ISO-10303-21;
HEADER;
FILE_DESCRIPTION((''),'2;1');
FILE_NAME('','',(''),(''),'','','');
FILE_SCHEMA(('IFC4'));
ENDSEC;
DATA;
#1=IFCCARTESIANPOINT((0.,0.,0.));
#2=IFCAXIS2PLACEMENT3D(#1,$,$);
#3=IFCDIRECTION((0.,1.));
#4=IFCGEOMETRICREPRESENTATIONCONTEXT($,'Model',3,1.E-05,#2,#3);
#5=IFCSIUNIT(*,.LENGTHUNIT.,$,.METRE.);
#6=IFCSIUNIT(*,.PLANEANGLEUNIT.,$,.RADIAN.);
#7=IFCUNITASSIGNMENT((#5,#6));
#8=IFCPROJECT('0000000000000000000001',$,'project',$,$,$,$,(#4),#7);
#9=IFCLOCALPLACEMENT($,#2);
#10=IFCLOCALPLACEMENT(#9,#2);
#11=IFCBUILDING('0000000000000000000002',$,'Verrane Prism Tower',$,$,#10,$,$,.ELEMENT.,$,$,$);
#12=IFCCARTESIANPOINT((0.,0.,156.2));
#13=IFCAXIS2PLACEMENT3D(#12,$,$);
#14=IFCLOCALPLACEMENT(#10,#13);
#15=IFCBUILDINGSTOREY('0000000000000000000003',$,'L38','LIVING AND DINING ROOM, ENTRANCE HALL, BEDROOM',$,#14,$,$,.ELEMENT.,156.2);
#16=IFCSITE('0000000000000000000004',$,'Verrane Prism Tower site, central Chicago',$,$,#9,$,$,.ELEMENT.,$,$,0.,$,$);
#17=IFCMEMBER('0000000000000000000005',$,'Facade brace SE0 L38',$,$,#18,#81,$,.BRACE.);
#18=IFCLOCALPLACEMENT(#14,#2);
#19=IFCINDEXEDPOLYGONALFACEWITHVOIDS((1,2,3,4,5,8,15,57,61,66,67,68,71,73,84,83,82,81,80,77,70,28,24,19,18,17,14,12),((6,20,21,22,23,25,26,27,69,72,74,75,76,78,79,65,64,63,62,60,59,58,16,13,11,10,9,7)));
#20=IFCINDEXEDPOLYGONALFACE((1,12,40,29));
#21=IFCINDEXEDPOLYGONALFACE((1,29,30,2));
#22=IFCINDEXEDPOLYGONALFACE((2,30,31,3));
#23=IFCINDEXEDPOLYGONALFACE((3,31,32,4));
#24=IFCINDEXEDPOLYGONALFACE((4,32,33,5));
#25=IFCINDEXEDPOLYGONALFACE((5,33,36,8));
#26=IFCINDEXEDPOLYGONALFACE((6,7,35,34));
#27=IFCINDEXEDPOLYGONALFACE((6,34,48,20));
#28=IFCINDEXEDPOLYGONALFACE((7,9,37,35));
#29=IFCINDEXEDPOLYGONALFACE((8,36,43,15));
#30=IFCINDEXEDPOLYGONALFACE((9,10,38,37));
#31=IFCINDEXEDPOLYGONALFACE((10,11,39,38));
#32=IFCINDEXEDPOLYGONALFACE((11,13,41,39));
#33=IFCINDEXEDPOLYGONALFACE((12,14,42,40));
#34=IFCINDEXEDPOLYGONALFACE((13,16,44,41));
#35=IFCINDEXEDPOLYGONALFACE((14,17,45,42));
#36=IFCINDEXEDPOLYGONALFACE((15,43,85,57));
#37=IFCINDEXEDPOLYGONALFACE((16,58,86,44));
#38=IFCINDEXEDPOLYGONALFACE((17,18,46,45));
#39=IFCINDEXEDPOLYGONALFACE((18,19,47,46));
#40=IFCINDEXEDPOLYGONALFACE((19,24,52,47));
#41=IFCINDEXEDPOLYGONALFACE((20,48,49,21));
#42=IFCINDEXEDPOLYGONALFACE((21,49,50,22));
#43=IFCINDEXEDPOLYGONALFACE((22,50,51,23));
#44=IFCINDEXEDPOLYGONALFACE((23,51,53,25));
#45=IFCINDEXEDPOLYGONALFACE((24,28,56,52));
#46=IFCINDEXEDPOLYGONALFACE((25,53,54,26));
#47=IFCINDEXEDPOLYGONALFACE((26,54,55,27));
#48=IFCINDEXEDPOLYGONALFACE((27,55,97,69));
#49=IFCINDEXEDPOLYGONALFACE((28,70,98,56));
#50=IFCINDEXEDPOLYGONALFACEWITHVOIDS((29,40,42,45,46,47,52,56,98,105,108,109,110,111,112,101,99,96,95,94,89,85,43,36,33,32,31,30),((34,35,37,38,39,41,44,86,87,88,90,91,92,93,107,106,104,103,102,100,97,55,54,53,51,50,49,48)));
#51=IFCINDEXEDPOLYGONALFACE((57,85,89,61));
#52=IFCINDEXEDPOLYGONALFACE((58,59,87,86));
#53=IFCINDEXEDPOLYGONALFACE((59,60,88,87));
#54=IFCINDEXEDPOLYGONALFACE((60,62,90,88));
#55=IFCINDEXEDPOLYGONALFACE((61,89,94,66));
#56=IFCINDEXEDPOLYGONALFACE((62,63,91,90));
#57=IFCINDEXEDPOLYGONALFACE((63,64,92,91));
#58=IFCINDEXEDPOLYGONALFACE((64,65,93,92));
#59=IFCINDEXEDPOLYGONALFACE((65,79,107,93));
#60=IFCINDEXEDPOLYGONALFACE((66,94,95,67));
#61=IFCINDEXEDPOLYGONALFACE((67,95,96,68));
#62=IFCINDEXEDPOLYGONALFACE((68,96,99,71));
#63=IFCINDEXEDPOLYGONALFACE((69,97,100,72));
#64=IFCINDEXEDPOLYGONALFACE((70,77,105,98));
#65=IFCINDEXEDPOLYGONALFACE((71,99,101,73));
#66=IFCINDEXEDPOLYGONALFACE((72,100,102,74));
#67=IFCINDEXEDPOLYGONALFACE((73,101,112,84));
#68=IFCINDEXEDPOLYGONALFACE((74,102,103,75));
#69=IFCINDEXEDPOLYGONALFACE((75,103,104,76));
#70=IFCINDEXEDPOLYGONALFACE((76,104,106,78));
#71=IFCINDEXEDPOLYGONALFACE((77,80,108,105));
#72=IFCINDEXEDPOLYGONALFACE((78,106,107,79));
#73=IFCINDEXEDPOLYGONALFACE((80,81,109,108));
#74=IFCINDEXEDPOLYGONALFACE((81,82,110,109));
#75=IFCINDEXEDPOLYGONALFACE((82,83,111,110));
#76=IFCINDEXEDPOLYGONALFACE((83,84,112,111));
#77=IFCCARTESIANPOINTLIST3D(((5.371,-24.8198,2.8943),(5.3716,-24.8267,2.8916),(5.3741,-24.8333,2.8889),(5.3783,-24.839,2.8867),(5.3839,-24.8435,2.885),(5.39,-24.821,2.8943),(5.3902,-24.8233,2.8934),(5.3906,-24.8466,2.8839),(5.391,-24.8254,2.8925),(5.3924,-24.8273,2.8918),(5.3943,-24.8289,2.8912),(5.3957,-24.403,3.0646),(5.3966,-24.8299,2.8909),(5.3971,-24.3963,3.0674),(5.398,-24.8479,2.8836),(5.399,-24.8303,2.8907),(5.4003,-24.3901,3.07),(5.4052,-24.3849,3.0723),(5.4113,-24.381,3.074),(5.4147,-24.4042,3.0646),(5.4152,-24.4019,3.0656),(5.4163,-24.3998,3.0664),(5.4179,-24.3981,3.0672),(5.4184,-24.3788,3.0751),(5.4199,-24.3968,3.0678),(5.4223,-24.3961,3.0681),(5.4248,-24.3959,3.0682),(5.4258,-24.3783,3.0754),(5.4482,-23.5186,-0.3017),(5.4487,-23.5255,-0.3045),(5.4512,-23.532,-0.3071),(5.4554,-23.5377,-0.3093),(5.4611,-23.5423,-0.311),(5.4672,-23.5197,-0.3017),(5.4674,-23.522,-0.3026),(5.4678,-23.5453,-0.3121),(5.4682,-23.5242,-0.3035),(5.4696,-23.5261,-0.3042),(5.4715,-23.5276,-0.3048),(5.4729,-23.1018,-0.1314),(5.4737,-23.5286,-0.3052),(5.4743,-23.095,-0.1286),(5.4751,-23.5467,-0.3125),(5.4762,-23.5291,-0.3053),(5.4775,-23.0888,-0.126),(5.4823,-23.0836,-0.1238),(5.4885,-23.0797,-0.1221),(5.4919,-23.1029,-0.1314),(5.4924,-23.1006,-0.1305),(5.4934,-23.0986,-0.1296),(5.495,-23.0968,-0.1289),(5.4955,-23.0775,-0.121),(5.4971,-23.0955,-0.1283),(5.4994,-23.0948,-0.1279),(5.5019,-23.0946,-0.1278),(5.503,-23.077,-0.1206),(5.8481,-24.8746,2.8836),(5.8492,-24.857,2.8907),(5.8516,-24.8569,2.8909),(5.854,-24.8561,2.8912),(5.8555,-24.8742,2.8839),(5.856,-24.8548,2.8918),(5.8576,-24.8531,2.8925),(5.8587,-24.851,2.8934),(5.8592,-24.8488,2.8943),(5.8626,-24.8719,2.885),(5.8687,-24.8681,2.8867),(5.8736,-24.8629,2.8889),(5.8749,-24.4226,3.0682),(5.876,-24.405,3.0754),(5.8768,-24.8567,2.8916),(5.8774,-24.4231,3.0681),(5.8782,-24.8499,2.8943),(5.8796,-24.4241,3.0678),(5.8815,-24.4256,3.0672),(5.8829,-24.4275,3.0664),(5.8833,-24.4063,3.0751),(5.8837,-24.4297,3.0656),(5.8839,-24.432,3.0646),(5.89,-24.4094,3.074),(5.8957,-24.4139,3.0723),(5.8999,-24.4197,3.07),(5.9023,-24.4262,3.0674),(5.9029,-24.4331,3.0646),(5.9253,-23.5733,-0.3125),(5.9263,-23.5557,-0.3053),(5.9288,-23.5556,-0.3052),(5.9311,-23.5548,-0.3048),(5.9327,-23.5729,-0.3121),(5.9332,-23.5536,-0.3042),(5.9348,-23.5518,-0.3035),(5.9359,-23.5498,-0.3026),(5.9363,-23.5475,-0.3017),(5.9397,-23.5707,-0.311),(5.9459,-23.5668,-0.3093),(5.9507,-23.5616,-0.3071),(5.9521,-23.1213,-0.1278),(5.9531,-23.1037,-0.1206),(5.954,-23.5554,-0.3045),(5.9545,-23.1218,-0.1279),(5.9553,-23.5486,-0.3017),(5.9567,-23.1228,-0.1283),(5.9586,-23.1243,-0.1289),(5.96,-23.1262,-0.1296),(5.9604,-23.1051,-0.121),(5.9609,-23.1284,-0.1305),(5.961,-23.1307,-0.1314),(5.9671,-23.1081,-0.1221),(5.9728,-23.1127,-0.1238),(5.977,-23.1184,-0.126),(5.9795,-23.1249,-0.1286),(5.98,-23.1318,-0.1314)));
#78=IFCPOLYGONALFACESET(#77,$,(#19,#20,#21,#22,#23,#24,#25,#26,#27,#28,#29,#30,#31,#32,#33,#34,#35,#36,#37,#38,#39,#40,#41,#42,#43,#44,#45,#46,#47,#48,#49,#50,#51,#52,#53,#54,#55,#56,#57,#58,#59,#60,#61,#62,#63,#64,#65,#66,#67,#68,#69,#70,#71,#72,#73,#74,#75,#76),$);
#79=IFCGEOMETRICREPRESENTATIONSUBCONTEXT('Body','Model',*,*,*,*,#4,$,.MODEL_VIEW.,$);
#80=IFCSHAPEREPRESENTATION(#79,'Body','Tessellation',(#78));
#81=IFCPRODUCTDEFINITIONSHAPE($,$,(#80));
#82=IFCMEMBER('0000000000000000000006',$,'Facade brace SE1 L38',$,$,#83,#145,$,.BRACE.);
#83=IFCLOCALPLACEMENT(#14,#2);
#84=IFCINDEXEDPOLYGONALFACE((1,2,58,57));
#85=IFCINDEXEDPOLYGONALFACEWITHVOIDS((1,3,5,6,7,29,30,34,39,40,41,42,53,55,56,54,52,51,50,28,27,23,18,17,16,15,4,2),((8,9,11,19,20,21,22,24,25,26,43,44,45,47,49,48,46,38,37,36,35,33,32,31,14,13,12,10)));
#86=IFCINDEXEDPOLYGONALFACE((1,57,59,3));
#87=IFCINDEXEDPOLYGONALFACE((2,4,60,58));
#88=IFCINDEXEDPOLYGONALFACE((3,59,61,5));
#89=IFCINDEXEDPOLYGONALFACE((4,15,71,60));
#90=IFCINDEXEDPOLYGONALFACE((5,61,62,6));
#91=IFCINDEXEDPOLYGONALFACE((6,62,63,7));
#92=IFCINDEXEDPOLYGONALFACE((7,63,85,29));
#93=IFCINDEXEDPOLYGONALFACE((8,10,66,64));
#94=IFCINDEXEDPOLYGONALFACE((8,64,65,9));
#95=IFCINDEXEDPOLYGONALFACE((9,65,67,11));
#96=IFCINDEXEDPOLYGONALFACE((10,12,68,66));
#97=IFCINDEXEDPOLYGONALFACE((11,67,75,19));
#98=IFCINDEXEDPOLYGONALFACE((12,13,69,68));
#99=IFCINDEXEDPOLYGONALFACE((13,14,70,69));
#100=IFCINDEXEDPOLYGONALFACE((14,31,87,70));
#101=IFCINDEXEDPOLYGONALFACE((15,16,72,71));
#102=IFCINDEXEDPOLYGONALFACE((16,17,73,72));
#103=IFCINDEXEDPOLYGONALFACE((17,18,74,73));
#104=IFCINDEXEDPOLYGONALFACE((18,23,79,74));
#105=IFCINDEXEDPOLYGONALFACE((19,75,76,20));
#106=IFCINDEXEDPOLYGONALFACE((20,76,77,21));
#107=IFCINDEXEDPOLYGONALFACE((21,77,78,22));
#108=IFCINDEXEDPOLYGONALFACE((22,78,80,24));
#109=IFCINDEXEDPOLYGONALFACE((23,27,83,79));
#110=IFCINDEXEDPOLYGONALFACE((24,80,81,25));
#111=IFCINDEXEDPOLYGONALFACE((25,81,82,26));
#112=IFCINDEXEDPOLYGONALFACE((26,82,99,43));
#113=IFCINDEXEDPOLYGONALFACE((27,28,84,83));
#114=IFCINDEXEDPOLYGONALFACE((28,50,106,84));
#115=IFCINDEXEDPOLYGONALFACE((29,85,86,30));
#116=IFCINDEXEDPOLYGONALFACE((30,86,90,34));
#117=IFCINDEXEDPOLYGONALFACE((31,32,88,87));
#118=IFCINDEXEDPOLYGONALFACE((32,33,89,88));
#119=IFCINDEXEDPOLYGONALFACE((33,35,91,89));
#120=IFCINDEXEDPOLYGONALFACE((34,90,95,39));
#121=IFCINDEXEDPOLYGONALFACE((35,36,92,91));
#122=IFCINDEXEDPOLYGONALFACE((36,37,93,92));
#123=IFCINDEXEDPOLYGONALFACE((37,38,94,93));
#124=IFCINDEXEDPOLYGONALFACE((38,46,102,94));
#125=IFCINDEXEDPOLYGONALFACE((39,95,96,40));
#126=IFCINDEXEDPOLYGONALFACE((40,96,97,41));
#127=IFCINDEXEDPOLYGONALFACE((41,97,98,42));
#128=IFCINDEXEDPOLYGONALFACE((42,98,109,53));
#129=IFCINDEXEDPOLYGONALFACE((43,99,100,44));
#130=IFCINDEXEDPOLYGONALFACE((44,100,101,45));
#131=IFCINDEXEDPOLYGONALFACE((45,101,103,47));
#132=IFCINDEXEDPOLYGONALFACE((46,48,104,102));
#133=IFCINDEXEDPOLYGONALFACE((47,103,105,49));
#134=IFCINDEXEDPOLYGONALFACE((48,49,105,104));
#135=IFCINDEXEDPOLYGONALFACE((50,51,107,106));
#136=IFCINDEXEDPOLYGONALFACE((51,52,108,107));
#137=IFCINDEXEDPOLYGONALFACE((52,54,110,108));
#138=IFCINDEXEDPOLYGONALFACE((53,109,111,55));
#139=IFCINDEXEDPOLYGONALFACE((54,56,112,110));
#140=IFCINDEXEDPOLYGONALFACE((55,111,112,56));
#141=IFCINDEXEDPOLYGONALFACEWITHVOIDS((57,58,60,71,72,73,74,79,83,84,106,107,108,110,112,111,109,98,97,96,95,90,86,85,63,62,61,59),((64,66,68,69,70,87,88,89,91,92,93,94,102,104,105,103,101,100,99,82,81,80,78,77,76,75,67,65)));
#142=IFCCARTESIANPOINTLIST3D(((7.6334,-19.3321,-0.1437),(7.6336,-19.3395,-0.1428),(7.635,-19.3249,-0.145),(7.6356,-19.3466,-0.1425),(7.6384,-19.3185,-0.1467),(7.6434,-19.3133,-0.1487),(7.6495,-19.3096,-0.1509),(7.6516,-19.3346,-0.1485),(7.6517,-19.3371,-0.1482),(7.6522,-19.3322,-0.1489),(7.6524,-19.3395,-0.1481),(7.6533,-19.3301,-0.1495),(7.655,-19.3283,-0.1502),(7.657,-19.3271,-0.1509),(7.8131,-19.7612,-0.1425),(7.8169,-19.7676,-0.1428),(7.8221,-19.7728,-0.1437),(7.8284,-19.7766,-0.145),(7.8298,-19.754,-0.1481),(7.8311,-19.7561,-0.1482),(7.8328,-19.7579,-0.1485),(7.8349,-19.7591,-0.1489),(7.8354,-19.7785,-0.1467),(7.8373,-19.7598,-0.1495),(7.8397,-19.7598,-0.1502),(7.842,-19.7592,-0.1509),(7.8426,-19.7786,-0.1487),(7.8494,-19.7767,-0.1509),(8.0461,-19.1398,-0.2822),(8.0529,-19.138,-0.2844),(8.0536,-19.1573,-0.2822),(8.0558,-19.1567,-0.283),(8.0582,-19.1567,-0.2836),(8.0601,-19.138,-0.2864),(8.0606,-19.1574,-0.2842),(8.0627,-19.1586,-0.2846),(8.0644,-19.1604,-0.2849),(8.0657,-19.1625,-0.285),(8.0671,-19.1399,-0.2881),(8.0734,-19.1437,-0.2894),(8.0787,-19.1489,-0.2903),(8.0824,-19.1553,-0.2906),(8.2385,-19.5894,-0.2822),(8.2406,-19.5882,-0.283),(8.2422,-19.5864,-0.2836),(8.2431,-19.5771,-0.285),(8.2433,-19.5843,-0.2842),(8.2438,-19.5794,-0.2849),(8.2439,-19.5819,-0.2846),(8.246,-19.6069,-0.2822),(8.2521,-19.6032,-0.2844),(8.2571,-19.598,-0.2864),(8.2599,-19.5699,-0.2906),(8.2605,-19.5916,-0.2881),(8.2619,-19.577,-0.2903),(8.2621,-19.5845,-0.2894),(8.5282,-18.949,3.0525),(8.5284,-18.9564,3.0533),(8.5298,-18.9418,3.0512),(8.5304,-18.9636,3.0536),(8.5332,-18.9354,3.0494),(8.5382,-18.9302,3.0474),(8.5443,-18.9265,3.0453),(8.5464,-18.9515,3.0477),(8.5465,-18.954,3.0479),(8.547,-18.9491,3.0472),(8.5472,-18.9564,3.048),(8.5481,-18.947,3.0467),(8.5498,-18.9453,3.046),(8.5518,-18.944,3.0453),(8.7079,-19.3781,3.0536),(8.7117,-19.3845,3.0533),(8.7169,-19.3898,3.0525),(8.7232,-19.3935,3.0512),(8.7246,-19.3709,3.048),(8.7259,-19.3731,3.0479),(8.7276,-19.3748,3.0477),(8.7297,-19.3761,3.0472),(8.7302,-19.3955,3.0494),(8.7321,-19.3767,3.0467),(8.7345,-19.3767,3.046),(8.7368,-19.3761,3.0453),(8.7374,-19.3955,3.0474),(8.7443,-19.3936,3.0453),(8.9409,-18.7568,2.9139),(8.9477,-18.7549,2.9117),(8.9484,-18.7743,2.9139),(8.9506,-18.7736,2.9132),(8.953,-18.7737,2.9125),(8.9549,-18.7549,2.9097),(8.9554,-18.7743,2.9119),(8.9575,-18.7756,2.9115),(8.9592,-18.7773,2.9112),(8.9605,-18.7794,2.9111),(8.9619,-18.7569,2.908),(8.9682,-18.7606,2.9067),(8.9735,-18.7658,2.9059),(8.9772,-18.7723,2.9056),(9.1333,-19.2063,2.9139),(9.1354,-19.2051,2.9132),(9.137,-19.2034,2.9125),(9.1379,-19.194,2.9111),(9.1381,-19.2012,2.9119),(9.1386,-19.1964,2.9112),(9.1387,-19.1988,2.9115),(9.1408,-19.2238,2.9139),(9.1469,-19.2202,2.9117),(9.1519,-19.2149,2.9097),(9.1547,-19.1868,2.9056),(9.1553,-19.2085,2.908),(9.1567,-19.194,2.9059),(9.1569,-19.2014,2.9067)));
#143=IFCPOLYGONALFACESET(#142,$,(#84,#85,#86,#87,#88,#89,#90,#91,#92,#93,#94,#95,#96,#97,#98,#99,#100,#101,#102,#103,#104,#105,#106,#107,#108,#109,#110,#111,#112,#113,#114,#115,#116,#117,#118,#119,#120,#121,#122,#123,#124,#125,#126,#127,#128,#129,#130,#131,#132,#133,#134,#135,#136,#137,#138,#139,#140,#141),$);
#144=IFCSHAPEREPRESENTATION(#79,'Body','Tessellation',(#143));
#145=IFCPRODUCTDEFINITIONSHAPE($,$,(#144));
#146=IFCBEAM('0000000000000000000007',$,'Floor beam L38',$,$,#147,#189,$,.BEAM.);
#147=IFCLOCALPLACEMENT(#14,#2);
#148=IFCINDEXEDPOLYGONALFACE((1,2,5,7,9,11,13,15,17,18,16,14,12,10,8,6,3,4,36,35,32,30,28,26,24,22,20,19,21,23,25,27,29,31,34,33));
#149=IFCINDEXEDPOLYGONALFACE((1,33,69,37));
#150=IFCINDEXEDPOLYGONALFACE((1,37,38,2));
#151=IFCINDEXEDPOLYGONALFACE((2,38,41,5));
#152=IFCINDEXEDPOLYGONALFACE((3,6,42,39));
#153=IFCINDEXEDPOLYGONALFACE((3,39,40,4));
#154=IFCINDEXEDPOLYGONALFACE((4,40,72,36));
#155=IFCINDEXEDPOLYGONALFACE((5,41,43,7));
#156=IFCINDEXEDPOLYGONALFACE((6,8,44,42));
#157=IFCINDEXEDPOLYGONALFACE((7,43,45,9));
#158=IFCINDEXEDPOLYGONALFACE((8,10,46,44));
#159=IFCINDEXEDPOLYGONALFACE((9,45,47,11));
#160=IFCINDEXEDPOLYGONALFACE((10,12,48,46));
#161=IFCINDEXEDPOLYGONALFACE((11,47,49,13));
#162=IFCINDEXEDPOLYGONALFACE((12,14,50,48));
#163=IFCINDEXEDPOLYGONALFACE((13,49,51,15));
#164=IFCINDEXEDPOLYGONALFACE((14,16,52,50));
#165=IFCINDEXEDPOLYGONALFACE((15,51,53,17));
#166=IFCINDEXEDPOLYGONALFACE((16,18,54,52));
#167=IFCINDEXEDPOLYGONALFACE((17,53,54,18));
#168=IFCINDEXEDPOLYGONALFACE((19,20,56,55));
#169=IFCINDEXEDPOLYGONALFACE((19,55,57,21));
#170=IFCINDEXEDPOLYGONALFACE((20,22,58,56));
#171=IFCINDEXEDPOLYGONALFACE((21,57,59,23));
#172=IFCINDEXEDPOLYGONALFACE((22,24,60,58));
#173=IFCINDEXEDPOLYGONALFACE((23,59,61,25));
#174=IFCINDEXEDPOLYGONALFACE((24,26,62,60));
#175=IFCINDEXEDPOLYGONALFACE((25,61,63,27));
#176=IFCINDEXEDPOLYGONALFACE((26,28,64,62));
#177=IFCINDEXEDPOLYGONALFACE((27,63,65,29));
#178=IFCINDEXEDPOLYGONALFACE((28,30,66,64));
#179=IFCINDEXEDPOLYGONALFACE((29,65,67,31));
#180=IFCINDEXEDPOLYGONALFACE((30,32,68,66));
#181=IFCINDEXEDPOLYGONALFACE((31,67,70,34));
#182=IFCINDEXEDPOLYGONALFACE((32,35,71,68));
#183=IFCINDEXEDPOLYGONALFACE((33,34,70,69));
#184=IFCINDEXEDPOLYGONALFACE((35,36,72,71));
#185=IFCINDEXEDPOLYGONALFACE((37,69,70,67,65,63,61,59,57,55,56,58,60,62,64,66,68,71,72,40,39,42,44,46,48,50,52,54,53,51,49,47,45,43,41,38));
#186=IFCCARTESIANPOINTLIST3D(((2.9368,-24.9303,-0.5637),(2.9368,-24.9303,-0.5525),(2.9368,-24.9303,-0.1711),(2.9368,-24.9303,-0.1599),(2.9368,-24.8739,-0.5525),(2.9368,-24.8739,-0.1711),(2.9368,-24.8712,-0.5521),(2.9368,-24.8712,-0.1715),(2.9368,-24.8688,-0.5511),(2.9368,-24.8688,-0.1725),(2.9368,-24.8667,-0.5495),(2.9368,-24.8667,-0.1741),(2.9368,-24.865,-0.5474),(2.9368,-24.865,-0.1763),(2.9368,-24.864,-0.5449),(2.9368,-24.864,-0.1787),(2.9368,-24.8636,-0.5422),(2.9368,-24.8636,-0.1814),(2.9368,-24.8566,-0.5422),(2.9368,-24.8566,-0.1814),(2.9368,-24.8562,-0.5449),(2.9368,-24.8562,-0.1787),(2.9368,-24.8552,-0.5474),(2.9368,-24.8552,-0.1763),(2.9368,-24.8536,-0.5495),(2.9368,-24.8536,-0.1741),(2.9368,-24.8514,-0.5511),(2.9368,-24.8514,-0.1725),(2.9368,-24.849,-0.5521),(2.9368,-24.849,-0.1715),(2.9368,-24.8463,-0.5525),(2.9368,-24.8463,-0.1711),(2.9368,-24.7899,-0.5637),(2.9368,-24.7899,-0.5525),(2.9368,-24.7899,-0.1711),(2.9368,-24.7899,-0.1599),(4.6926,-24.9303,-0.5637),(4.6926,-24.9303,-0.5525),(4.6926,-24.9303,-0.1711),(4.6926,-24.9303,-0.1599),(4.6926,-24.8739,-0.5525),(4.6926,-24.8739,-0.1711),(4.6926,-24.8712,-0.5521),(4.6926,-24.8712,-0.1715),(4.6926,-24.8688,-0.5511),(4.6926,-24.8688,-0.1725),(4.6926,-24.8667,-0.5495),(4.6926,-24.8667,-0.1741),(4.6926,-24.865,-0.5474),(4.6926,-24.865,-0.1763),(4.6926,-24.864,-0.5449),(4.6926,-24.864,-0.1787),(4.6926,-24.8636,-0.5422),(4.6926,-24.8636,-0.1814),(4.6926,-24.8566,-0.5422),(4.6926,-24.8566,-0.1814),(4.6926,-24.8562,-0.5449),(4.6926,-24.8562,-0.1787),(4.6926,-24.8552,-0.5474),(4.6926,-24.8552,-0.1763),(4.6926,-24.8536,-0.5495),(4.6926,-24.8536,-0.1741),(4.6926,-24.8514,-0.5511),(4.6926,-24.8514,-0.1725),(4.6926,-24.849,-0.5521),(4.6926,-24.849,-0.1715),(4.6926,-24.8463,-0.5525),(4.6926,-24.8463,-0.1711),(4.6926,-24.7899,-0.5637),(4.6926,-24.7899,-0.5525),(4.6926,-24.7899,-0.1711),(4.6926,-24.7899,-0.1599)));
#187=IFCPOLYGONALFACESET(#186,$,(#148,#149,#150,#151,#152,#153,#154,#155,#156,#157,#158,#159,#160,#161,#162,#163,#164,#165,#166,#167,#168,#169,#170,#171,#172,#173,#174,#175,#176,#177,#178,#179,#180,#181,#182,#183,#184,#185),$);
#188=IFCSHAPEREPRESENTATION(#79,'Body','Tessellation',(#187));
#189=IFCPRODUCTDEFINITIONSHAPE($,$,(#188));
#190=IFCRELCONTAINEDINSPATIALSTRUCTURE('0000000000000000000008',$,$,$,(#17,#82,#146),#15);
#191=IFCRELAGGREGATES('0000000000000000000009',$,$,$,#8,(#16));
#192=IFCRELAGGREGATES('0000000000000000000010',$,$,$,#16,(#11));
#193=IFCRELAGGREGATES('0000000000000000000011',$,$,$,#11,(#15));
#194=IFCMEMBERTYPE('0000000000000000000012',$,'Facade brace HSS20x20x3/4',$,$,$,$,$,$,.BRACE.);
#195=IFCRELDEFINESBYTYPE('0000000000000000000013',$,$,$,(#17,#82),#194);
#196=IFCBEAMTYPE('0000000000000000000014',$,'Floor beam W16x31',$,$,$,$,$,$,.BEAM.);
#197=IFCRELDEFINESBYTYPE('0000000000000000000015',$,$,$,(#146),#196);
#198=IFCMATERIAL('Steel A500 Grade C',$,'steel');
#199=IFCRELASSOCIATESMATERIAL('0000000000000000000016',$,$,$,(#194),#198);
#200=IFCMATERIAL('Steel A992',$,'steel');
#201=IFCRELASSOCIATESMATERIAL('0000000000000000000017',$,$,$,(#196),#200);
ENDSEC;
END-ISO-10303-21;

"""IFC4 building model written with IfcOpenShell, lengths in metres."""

from ifc_helpers import new_model, si_unit, direction, frame, origin, origin_2d, place, context, subcontext, project, spatial, hollow_rectangle, i_section, extrude, material, material_profile, profile_set, type_object, element, save


model = new_model("IFC4")

# Units and contexts
model_context = context("Model", 3, precision=1e-05, world=origin(), true_north=direction((0.0, 1.0)))
body_context = subcontext(model_context, "Body", "Model", "MODEL_VIEW")
ifc_project = project(units=[si_unit("LENGTHUNIT", "METRE"), si_unit("PLANEANGLEUNIT", "RADIAN")], contexts=[model_context])

# Site, building, storey
site_placement = place(None, origin())
site = spatial("IfcSite", under=ifc_project, at=site_placement, Name="Verrane Prism Tower site, central Chicago", CompositionType="ELEMENT", RefElevation=0.0)
building_placement = place(site_placement, origin())
building = spatial("IfcBuilding", under=site, at=building_placement, Name="Verrane Prism Tower", CompositionType="ELEMENT")
storey_placement = place(building_placement, frame((0.0, 0.0, 156.2)))
storey = spatial("IfcBuildingStorey", under=building, at=storey_placement, Name="L38", Description="LIVING AND DINING ROOM, ENTRANCE HALL, BEDROOM", CompositionType="ELEMENT", Elevation=156.2)

# Members
ifc_material_1 = material(Name="Steel A500 Grade C", Category="steel")
ifc_material_profile_1 = material_profile(ifc_material_1, hollow_rectangle(XDim=0.5081, YDim=0.5081, WallThickness=0.019, InnerFilletRadius=0.0095, OuterFilletRadius=0.0286, at=origin_2d()), Name="HSS20x20x3/4")
ifc_profile_set_1 = profile_set([ifc_material_profile_1], Name="Steel A500 Grade C")
member_type_1 = type_object("IfcMemberType", Name="Facade brace HSS20x20x3/4", PredefinedType="BRACE", material=ifc_profile_set_1)
member_1_placement = place(storey_placement, frame((5.7141, -23.3252, -0.2166), z_axis=(-0.022351, -0.376998, 0.925944), x_axis=(0.998247, -0.059183, 0.0)))
element("IfcMember", 1, at=member_1_placement, inside=storey, type_object=member_type_1, Name="Facade brace SE0 L38", PredefinedType="BRACE", context=body_context, shape_type="SweptSolid", body=[
    extrude(hollow_rectangle(XDim=0.5081, YDim=0.5081, WallThickness=0.019, InnerFilletRadius=0.0095, OuterFilletRadius=0.0286, at=origin_2d()), origin(), (0.0, 0.0, 1.0), 3.4517),
])
member_2_placement = place(storey_placement, frame((7.9478, -19.4583, -0.2166), z_axis=(0.267819, 0.114654, 0.956623), x_axis=(-0.393556, 0.919301, 0.0)))
element("IfcMember", 2, at=member_2_placement, inside=storey, type_object=member_type_1, Name="Facade brace SE1 L38", PredefinedType="BRACE", context=body_context, shape_type="SweptSolid", body=[
    extrude(hollow_rectangle(XDim=0.5081, YDim=0.5081, WallThickness=0.019, InnerFilletRadius=0.0095, OuterFilletRadius=0.0286, at=origin_2d()), origin(), (0.0, 0.0, 1.0), 3.3411),
])

# Beam
ifc_material_2 = material(Name="Steel A992", Category="steel")
ifc_material_profile_2 = material_profile(ifc_material_2, i_section(OverallWidth=0.1404, OverallDepth=0.4038, WebThickness=0.0071, FlangeThickness=0.0112, FilletRadius=0.0103, at=origin_2d()), Name="W16x31")
ifc_profile_set_2 = profile_set([ifc_material_profile_2], Name="Steel A992")
beam_type_1 = type_object("IfcBeamType", Name="Floor beam W16x31", PredefinedType="BEAM", material=ifc_profile_set_2)
beam_1_placement = place(storey_placement, frame((2.9368, -24.8601, -0.3618), z_axis=(1.0, 0.0, 0.0), x_axis=(0.0, 1.0, 0.0)))
element("IfcBeam", 3, at=beam_1_placement, inside=storey, type_object=beam_type_1, Name="Floor beam L38", PredefinedType="BEAM", context=body_context, shape_type="SweptSolid", body=[
    extrude(i_section(OverallWidth=0.1404, OverallDepth=0.4038, WebThickness=0.0071, FlangeThickness=0.0112, FilletRadius=0.0103, at=origin_2d()), origin(), (0.0, 0.0, 1.0), 1.7559),
])

save(model, "model.ifc")
